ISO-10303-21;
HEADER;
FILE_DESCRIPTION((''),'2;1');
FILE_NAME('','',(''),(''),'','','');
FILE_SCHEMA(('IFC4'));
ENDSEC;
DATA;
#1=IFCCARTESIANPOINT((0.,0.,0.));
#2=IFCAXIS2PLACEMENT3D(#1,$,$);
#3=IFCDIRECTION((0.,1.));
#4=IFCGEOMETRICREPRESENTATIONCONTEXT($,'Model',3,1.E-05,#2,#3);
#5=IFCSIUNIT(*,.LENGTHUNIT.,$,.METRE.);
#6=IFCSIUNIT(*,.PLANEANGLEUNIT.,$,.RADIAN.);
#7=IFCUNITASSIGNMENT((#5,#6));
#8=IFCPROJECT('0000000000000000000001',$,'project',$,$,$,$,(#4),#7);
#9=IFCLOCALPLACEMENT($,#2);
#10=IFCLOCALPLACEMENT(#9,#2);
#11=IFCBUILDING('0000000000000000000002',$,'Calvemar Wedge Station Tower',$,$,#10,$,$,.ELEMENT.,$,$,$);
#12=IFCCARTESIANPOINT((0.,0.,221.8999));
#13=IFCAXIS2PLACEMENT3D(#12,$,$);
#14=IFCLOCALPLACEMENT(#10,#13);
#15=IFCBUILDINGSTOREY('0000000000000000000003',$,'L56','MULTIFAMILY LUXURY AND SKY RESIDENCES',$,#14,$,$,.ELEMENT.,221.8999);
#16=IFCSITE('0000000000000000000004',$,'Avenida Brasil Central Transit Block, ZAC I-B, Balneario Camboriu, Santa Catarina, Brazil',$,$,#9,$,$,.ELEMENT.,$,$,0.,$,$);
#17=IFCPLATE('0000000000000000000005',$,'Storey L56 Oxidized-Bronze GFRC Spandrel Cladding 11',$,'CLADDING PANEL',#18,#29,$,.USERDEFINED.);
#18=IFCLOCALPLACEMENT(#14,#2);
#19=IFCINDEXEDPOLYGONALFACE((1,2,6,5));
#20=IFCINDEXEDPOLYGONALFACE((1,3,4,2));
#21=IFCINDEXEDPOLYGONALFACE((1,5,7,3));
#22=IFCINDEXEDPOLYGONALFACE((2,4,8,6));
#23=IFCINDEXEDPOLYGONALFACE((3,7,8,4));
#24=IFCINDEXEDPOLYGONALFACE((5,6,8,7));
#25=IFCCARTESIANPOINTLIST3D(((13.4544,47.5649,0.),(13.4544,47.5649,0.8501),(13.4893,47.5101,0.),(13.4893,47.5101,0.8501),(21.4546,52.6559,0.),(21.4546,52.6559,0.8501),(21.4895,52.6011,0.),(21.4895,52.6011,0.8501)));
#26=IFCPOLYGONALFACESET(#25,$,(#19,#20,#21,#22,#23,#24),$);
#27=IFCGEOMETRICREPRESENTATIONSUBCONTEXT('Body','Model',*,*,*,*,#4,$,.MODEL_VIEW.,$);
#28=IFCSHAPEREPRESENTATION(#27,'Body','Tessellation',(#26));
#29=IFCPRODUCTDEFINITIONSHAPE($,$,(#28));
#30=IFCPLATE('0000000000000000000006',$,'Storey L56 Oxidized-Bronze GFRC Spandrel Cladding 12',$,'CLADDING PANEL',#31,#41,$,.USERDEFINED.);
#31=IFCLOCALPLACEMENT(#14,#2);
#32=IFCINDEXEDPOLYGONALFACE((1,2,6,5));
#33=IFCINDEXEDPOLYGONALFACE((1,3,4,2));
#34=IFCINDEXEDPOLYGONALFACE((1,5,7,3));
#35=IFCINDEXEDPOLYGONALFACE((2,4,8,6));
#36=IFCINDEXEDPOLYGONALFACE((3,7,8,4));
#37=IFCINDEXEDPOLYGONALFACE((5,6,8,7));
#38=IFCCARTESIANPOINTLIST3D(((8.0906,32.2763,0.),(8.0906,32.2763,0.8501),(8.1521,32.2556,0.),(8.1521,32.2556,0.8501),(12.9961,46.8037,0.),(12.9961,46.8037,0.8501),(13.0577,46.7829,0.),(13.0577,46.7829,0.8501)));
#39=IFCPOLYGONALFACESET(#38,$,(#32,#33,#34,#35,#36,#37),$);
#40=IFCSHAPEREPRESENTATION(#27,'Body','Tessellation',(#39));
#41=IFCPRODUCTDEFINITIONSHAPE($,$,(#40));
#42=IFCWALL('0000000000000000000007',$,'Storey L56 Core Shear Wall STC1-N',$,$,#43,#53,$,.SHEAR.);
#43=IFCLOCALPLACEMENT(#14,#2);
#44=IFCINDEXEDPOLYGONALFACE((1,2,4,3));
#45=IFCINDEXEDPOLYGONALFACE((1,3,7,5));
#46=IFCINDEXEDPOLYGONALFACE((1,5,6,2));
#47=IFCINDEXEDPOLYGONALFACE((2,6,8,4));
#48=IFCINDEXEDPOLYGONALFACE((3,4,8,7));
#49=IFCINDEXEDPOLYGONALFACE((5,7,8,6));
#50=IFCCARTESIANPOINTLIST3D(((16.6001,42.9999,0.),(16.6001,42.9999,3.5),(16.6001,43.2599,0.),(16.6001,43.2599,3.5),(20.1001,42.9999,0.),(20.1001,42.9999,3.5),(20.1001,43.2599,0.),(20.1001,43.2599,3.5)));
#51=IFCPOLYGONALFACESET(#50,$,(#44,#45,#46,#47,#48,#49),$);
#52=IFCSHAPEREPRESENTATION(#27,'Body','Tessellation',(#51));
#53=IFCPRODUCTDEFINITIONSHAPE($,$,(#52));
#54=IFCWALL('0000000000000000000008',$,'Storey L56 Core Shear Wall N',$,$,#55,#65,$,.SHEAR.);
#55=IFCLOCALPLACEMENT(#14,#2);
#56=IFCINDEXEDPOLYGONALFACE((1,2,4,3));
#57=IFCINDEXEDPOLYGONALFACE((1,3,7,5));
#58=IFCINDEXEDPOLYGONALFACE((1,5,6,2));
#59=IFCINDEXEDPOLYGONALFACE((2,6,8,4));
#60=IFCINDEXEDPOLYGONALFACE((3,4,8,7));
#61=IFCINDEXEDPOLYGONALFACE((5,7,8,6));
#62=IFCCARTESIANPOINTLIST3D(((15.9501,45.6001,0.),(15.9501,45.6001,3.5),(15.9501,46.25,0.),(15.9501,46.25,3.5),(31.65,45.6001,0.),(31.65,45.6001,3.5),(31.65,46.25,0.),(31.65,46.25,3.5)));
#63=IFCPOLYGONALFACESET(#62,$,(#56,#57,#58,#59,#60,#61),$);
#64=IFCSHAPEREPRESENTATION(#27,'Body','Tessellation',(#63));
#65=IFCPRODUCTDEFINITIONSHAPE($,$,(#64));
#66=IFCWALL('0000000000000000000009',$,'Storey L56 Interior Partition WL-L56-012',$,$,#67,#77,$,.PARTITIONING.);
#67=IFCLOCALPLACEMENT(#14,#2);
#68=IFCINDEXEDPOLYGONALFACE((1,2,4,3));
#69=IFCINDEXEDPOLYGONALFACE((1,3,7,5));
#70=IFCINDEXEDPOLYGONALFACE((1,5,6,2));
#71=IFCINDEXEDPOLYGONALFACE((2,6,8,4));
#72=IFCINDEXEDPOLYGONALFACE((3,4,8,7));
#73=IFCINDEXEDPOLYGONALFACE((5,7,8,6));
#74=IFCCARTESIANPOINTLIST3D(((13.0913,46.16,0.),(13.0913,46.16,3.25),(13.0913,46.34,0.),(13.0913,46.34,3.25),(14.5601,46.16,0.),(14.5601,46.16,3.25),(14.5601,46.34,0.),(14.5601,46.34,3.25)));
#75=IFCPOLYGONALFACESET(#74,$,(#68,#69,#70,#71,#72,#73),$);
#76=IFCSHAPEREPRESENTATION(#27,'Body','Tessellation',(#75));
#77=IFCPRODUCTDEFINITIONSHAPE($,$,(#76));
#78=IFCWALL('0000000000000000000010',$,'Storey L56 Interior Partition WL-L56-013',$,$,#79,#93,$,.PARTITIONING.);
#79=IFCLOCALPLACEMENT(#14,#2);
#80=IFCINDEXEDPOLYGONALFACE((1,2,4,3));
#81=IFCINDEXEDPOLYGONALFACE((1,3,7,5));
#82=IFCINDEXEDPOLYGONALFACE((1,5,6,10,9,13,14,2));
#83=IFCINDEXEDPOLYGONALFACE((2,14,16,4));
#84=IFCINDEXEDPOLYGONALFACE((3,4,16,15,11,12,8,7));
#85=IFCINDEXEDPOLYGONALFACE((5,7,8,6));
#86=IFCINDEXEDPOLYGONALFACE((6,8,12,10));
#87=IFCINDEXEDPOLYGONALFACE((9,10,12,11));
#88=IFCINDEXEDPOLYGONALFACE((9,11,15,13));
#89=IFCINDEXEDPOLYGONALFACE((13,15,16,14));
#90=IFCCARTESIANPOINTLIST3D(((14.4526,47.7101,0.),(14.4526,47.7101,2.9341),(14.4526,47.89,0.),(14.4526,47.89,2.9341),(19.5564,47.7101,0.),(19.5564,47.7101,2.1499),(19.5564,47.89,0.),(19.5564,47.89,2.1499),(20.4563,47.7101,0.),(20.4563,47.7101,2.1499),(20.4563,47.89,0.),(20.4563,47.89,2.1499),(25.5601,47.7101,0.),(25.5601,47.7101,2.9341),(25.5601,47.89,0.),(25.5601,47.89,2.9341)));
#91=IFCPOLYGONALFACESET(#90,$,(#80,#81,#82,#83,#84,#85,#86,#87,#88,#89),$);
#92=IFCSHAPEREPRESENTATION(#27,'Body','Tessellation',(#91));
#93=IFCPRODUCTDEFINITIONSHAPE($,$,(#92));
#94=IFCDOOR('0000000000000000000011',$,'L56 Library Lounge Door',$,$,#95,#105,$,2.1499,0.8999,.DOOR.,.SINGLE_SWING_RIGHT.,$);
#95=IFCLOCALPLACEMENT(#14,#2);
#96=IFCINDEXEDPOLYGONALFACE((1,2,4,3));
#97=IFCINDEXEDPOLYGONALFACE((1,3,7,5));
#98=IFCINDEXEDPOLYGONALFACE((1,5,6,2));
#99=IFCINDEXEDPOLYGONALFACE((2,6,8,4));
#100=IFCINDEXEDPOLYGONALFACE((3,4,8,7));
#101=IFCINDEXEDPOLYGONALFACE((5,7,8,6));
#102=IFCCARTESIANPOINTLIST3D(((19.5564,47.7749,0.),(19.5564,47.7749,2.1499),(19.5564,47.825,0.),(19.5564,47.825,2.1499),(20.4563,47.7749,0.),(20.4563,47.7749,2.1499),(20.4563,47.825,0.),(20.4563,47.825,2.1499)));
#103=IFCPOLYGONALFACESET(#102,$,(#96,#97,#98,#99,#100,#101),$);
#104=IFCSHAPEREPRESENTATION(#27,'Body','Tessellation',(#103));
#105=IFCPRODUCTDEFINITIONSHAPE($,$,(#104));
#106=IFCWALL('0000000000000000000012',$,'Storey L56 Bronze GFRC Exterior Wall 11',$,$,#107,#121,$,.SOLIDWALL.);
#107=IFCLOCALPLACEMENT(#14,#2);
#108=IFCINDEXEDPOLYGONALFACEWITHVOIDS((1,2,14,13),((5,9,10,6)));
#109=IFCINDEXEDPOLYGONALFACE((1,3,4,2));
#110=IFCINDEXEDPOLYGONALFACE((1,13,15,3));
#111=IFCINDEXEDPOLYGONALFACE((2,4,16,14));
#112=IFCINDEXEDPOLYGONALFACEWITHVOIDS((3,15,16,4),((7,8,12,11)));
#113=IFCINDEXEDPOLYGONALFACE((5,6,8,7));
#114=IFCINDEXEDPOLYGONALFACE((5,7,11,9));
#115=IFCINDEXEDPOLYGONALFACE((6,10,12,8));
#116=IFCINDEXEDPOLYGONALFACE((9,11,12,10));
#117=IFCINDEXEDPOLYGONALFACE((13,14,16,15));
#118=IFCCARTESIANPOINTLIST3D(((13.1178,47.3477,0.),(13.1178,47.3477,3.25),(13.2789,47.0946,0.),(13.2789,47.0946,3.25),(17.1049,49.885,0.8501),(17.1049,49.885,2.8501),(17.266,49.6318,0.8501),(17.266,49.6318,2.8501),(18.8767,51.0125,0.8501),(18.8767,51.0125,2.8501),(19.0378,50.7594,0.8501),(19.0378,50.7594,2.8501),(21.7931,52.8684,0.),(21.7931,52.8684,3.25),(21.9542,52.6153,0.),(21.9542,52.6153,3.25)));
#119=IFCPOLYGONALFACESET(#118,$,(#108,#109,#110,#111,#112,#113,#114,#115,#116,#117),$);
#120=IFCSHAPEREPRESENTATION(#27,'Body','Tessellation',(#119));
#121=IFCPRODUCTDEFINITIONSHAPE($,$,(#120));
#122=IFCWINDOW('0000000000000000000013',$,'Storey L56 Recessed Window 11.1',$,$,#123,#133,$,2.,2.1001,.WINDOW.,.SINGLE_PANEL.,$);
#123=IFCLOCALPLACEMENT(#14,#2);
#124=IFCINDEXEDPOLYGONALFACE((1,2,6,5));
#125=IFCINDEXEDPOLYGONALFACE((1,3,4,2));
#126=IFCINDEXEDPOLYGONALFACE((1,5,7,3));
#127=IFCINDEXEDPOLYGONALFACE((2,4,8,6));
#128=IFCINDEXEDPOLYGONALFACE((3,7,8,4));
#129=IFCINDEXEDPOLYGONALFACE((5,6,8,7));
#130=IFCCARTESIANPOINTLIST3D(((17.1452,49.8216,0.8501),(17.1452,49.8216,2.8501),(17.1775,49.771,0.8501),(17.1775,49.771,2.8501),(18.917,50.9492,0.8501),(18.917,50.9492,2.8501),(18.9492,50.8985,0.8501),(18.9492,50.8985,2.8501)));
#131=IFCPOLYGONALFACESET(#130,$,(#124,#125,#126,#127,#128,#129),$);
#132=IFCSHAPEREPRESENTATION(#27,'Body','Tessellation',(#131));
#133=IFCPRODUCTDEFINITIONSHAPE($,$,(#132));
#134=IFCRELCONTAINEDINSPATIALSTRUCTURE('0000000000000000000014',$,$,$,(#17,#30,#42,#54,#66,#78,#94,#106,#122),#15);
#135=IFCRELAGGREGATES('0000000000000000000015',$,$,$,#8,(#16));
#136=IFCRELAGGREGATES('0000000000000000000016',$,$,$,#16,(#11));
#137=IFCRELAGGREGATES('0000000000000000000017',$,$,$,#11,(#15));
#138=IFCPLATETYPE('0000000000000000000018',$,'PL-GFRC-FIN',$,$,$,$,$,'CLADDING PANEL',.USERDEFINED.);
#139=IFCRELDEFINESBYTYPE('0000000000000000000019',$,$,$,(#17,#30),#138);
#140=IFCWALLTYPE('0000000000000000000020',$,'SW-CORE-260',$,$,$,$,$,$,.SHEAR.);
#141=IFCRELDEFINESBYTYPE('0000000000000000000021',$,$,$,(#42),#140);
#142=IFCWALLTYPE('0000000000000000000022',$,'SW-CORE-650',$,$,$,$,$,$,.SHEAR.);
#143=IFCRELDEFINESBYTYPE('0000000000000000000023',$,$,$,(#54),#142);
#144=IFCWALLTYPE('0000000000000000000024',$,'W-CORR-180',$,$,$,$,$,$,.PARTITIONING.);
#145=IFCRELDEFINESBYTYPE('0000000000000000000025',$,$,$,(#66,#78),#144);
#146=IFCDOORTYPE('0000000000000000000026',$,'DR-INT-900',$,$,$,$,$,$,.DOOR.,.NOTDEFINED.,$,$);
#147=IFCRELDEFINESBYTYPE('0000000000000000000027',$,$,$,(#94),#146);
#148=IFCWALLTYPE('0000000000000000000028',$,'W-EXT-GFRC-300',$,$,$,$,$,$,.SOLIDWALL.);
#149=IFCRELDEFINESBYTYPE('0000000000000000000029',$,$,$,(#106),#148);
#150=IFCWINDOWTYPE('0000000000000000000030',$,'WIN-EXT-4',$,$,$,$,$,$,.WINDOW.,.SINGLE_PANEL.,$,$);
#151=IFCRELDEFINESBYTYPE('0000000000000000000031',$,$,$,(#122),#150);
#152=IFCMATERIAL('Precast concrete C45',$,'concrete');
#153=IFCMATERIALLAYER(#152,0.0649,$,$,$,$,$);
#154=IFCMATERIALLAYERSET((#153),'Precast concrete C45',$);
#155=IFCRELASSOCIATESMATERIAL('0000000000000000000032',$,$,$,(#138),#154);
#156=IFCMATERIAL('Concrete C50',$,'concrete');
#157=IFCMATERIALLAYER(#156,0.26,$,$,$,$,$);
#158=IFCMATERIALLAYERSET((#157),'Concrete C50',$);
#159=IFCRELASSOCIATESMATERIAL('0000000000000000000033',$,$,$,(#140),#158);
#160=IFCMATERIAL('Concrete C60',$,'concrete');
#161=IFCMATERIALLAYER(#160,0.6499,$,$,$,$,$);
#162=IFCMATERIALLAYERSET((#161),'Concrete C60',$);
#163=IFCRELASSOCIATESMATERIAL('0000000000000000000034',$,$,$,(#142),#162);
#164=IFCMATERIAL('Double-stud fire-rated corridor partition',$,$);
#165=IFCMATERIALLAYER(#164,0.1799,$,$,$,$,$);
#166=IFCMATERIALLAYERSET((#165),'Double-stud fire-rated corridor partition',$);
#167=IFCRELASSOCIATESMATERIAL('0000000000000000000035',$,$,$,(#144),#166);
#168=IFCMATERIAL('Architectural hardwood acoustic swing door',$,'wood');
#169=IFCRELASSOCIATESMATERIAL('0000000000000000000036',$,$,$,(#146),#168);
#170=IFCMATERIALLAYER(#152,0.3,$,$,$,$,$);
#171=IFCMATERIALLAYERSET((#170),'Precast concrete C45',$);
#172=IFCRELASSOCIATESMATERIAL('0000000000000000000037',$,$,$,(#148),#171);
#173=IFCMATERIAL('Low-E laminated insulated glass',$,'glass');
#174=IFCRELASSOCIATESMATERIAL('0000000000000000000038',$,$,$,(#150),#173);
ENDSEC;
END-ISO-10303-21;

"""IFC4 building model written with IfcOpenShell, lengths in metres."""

from ifc_helpers import new_model, si_unit, direction, frame, frame_2d, origin, place, context, subcontext, project, spatial, rectangle, extrude, source, transform, mapped, material, layer, layer_set, type_object, element, fill, save


model = new_model("IFC4")

# Units and contexts
model_context = context("Model", 3, precision=1e-05, world=origin(), true_north=direction((0.0, 1.0)))
body_context = subcontext(model_context, "Body", "Model", "MODEL_VIEW")
ifc_project = project(units=[si_unit("LENGTHUNIT", "METRE"), si_unit("PLANEANGLEUNIT", "RADIAN")], contexts=[model_context])

# Site, building, storey
site_placement = place(None, origin())
site = spatial("IfcSite", under=ifc_project, at=site_placement, Name="Avenida Brasil Central Transit Block, ZAC I-B, Balneario Camboriu, Santa Catarina, Brazil", CompositionType="ELEMENT", RefElevation=0.0)
building_placement = place(site_placement, origin())
building = spatial("IfcBuilding", under=site, at=building_placement, Name="Calvemar Wedge Station Tower", CompositionType="ELEMENT")
storey_placement = place(building_placement, frame((0.0, 0.0, 221.8999)))
storey = spatial("IfcBuildingStorey", under=building, at=storey_placement, Name="L56", Description="MULTIFAMILY LUXURY AND SKY RESIDENCES", CompositionType="ELEMENT", Elevation=221.8999)

# Plates
ifc_material_1 = material(Name="Precast concrete C45", Category="concrete")
ifc_layer_1 = layer(ifc_material_1, 0.0649)
ifc_layer_set_1 = layer_set([ifc_layer_1], Name="Precast concrete C45")
plate_type = type_object("IfcPlateType", Name="PL-GFRC-FIN", ElementType="CLADDING PANEL", PredefinedType="USERDEFINED", material=ifc_layer_set_1)
plate_1_placement = place(storey_placement, frame((21.4719, 52.6284, 0.0), z_axis=(0.0, 0.0, 1.0), x_axis=(-0.843661, -0.536875, 0.0)))
element("IfcPlate", 1, at=plate_1_placement, inside=storey, type_object=plate_type, Name="Storey L56 Oxidized-Bronze GFRC Spandrel Cladding 11", ObjectType="CLADDING PANEL", PredefinedType="USERDEFINED", context=body_context, shape_type="SweptSolid", body=[
    extrude(rectangle(XDim=9.4827, YDim=0.0649, at=frame_2d((4.7412, 0.0))), origin(), (0.0, 0.0, 1.0), 0.8501),
])
plate_2_placement = place(storey_placement, frame((13.0269, 46.7932, 0.0), z_axis=(0.0, 0.0, 1.0), x_axis=(-0.319927, -0.947442, 0.0)))
element("IfcPlate", 2, at=plate_2_placement, inside=storey, type_object=plate_type, Name="Storey L56 Oxidized-Bronze GFRC Spandrel Cladding 12", ObjectType="CLADDING PANEL", PredefinedType="USERDEFINED", context=body_context, shape_type="SweptSolid", body=[
    extrude(rectangle(XDim=15.3333, YDim=0.0649, at=frame_2d((7.6665, 0.0))), origin(), (0.0, 0.0, 1.0), 0.8501),
])

# Walls
ifc_material_2 = material(Name="Concrete C50", Category="concrete")
ifc_layer_2 = layer(ifc_material_2, 0.26)
ifc_layer_set_2 = layer_set([ifc_layer_2], Name="Concrete C50")
wall_type_1 = type_object("IfcWallType", Name="SW-CORE-260", PredefinedType="SHEAR", material=ifc_layer_set_2)
wall_1_placement = place(storey_placement, frame((16.6001, 43.1299, 0.0), z_axis=(0.0, 0.0, 1.0), x_axis=(1.0, 0.0, 0.0)))
element("IfcWall", 3, at=wall_1_placement, inside=storey, type_object=wall_type_1, Name="Storey L56 Core Shear Wall STC1-N", PredefinedType="SHEAR", context=body_context, shape_type="SweptSolid", body=[
    extrude(rectangle(XDim=3.5, YDim=0.26, at=frame_2d((1.75, 0.0))), origin(), (0.0, 0.0, 1.0), 3.5),
])
ifc_material_3 = material(Name="Concrete C60", Category="concrete")
ifc_layer_3 = layer(ifc_material_3, 0.6499)
ifc_layer_set_3 = layer_set([ifc_layer_3], Name="Concrete C60")
wall_type_2 = type_object("IfcWallType", Name="SW-CORE-650", PredefinedType="SHEAR", material=ifc_layer_set_3)
wall_2_placement = place(storey_placement, frame((15.95, 45.925, 0.0), z_axis=(0.0, 0.0, 1.0), x_axis=(1.0, 0.0, 0.0)))
element("IfcWall", 4, at=wall_2_placement, inside=storey, type_object=wall_type_2, Name="Storey L56 Core Shear Wall N", PredefinedType="SHEAR", context=body_context, shape_type="SweptSolid", body=[
    extrude(rectangle(XDim=15.7, YDim=0.6499, at=frame_2d((7.8501, 0.0))), origin(), (0.0, 0.0, 1.0), 3.5),
])
ifc_material_4 = material(Name="Double-stud fire-rated corridor partition")
ifc_layer_4 = layer(ifc_material_4, 0.1799)
ifc_layer_set_4 = layer_set([ifc_layer_4], Name="Double-stud fire-rated corridor partition")
wall_type_3 = type_object("IfcWallType", Name="W-CORR-180", PredefinedType="PARTITIONING", material=ifc_layer_set_4)
wall_3_placement = place(storey_placement, frame((14.5601, 46.25, 0.0), z_axis=(0.0, 0.0, 1.0), x_axis=(-1.0, 0.0, 0.0)))
element("IfcWall", 5, at=wall_3_placement, inside=storey, type_object=wall_type_3, Name="Storey L56 Interior Partition WL-L56-012", PredefinedType="PARTITIONING", context=body_context, shape_type="SweptSolid", body=[
    extrude(rectangle(XDim=1.4688, YDim=0.1799, at=frame_2d((0.7344, 0.0))), origin(), (0.0, 0.0, 1.0), 3.25),
])

# Wall, opening, door
wall_4_placement = place(storey_placement, frame((14.4526, 47.8, 0.0), z_axis=(0.0, 0.0, 1.0), x_axis=(1.0, 0.0, 0.0)))
wall_4 = element("IfcWall", 6, at=wall_4_placement, inside=storey, type_object=wall_type_3, Name="Storey L56 Interior Partition WL-L56-013", PredefinedType="PARTITIONING", context=body_context, shape_type="SweptSolid", body=[
    extrude(rectangle(XDim=11.1074, YDim=0.1799, at=frame_2d((5.5537, 0.0))), origin(), (0.0, 0.0, 1.0), 2.9341),
])
shared_shape_1 = source(origin(), body_context, "Body", "SweptSolid", [
    extrude(rectangle(XDim=0.8999, YDim=2.1499, at=frame_2d((0.45, 1.075))), frame((0.0, 0.1001, 0.0), z_axis=(0.0, -1.0, 0.0), x_axis=(1.0, 0.0, 0.0)), (0.0, 0.0, 1.0), 0.2),
])
opening_1_placement = place(wall_4_placement, frame((5.1038, 0.0, 0.0)))
opening_1 = element("IfcOpeningElement", 7, at=opening_1_placement, cuts=wall_4, PredefinedType="OPENING", context=body_context, shape_type="MappedRepresentation", body=[
    mapped(shared_shape_1, transform((0.0, 0.0, 0.0), scale=1.0)),
])
ifc_material_5 = material(Name="Architectural hardwood acoustic swing door", Category="wood")
door_type_1 = type_object("IfcDoorType", Name="DR-INT-900", OperationType="NOTDEFINED", PredefinedType="DOOR", material=ifc_material_5)
shared_shape_2 = source(origin(), body_context, "Body", "SweptSolid", [
    extrude(rectangle(XDim=0.8999, YDim=2.1499, at=frame_2d((0.45, 1.075))), frame((0.0, 0.0249, 0.0), z_axis=(0.0, -1.0, 0.0), x_axis=(1.0, 0.0, 0.0)), (0.0, 0.0, 1.0), 0.05),
])
door_1_placement = place(opening_1_placement, origin())
door_1 = element("IfcDoor", 8, at=door_1_placement, inside=storey, type_object=door_type_1, Name="L56 Library Lounge Door", OperationType="SINGLE_SWING_RIGHT", OverallHeight=2.1499, OverallWidth=0.8999, PredefinedType="DOOR", context=body_context, shape_type="MappedRepresentation", body=[
    mapped(shared_shape_2, transform((0.0, 0.0, 0.0), scale=1.0)),
])
fill(opening_1, door_1)

# Wall, opening, window
ifc_layer_5 = layer(ifc_material_1, 0.3)
ifc_layer_set_5 = layer_set([ifc_layer_5], Name="Precast concrete C45")
wall_type_4 = type_object("IfcWallType", Name="W-EXT-GFRC-300", PredefinedType="SOLIDWALL", material=ifc_layer_set_5)
wall_5_placement = place(storey_placement, frame((21.8738, 52.7419, 0.0), z_axis=(0.0, 0.0, 1.0), x_axis=(-0.843657, -0.536883, 0.0)))
wall_5 = element("IfcWall", 9, at=wall_5_placement, inside=storey, type_object=wall_type_4, Name="Storey L56 Bronze GFRC Exterior Wall 11", PredefinedType="SOLIDWALL", context=body_context, shape_type="SweptSolid", body=[
    extrude(rectangle(XDim=10.283, YDim=0.3, at=frame_2d((5.1416, 0.0))), origin(), (0.0, 0.0, 1.0), 3.25),
])
shared_shape_3 = source(origin(), body_context, "Body", "SweptSolid", [
    extrude(rectangle(XDim=2.1001, YDim=2.0, at=frame_2d((1.05, 1.0))), frame((0.0, 0.1602, 0.0), z_axis=(0.0, -1.0, 0.0), x_axis=(1.0, 0.0, 0.0)), (0.0, 0.0, 1.0), 0.3201),
])
opening_2_placement = place(wall_5_placement, frame((3.457, 0.0, 0.8501)))
opening_2 = element("IfcOpeningElement", 10, at=opening_2_placement, cuts=wall_5, PredefinedType="OPENING", context=body_context, shape_type="MappedRepresentation", body=[
    mapped(shared_shape_3, transform((0.0, 0.0, 0.0), scale=1.0)),
])
ifc_material_6 = material(Name="Low-E laminated insulated glass", Category="glass")
window_type_1 = type_object("IfcWindowType", Name="WIN-EXT-4", PartitioningType="SINGLE_PANEL", PredefinedType="WINDOW", material=ifc_material_6)
shared_shape_4 = source(origin(), body_context, "Body", "SweptSolid", [
    extrude(rectangle(XDim=2.1001, YDim=2.0, at=frame_2d((1.05, 1.0))), frame((0.0, -0.0149, 0.0), z_axis=(0.0, -1.0, 0.0), x_axis=(1.0, 0.0, 0.0)), (0.0, 0.0, 1.0), 0.0601),
])
window_1_placement = place(opening_2_placement, origin())
window_1 = element("IfcWindow", 11, at=window_1_placement, inside=storey, type_object=window_type_1, Name="Storey L56 Recessed Window 11.1", OverallHeight=2.0, OverallWidth=2.1001, PartitioningType="SINGLE_PANEL", PredefinedType="WINDOW", context=body_context, shape_type="MappedRepresentation", body=[
    mapped(shared_shape_4, transform((0.0, 0.0, 0.0), scale=1.0)),
])
fill(opening_2, window_1)

save(model, "model.ifc")
